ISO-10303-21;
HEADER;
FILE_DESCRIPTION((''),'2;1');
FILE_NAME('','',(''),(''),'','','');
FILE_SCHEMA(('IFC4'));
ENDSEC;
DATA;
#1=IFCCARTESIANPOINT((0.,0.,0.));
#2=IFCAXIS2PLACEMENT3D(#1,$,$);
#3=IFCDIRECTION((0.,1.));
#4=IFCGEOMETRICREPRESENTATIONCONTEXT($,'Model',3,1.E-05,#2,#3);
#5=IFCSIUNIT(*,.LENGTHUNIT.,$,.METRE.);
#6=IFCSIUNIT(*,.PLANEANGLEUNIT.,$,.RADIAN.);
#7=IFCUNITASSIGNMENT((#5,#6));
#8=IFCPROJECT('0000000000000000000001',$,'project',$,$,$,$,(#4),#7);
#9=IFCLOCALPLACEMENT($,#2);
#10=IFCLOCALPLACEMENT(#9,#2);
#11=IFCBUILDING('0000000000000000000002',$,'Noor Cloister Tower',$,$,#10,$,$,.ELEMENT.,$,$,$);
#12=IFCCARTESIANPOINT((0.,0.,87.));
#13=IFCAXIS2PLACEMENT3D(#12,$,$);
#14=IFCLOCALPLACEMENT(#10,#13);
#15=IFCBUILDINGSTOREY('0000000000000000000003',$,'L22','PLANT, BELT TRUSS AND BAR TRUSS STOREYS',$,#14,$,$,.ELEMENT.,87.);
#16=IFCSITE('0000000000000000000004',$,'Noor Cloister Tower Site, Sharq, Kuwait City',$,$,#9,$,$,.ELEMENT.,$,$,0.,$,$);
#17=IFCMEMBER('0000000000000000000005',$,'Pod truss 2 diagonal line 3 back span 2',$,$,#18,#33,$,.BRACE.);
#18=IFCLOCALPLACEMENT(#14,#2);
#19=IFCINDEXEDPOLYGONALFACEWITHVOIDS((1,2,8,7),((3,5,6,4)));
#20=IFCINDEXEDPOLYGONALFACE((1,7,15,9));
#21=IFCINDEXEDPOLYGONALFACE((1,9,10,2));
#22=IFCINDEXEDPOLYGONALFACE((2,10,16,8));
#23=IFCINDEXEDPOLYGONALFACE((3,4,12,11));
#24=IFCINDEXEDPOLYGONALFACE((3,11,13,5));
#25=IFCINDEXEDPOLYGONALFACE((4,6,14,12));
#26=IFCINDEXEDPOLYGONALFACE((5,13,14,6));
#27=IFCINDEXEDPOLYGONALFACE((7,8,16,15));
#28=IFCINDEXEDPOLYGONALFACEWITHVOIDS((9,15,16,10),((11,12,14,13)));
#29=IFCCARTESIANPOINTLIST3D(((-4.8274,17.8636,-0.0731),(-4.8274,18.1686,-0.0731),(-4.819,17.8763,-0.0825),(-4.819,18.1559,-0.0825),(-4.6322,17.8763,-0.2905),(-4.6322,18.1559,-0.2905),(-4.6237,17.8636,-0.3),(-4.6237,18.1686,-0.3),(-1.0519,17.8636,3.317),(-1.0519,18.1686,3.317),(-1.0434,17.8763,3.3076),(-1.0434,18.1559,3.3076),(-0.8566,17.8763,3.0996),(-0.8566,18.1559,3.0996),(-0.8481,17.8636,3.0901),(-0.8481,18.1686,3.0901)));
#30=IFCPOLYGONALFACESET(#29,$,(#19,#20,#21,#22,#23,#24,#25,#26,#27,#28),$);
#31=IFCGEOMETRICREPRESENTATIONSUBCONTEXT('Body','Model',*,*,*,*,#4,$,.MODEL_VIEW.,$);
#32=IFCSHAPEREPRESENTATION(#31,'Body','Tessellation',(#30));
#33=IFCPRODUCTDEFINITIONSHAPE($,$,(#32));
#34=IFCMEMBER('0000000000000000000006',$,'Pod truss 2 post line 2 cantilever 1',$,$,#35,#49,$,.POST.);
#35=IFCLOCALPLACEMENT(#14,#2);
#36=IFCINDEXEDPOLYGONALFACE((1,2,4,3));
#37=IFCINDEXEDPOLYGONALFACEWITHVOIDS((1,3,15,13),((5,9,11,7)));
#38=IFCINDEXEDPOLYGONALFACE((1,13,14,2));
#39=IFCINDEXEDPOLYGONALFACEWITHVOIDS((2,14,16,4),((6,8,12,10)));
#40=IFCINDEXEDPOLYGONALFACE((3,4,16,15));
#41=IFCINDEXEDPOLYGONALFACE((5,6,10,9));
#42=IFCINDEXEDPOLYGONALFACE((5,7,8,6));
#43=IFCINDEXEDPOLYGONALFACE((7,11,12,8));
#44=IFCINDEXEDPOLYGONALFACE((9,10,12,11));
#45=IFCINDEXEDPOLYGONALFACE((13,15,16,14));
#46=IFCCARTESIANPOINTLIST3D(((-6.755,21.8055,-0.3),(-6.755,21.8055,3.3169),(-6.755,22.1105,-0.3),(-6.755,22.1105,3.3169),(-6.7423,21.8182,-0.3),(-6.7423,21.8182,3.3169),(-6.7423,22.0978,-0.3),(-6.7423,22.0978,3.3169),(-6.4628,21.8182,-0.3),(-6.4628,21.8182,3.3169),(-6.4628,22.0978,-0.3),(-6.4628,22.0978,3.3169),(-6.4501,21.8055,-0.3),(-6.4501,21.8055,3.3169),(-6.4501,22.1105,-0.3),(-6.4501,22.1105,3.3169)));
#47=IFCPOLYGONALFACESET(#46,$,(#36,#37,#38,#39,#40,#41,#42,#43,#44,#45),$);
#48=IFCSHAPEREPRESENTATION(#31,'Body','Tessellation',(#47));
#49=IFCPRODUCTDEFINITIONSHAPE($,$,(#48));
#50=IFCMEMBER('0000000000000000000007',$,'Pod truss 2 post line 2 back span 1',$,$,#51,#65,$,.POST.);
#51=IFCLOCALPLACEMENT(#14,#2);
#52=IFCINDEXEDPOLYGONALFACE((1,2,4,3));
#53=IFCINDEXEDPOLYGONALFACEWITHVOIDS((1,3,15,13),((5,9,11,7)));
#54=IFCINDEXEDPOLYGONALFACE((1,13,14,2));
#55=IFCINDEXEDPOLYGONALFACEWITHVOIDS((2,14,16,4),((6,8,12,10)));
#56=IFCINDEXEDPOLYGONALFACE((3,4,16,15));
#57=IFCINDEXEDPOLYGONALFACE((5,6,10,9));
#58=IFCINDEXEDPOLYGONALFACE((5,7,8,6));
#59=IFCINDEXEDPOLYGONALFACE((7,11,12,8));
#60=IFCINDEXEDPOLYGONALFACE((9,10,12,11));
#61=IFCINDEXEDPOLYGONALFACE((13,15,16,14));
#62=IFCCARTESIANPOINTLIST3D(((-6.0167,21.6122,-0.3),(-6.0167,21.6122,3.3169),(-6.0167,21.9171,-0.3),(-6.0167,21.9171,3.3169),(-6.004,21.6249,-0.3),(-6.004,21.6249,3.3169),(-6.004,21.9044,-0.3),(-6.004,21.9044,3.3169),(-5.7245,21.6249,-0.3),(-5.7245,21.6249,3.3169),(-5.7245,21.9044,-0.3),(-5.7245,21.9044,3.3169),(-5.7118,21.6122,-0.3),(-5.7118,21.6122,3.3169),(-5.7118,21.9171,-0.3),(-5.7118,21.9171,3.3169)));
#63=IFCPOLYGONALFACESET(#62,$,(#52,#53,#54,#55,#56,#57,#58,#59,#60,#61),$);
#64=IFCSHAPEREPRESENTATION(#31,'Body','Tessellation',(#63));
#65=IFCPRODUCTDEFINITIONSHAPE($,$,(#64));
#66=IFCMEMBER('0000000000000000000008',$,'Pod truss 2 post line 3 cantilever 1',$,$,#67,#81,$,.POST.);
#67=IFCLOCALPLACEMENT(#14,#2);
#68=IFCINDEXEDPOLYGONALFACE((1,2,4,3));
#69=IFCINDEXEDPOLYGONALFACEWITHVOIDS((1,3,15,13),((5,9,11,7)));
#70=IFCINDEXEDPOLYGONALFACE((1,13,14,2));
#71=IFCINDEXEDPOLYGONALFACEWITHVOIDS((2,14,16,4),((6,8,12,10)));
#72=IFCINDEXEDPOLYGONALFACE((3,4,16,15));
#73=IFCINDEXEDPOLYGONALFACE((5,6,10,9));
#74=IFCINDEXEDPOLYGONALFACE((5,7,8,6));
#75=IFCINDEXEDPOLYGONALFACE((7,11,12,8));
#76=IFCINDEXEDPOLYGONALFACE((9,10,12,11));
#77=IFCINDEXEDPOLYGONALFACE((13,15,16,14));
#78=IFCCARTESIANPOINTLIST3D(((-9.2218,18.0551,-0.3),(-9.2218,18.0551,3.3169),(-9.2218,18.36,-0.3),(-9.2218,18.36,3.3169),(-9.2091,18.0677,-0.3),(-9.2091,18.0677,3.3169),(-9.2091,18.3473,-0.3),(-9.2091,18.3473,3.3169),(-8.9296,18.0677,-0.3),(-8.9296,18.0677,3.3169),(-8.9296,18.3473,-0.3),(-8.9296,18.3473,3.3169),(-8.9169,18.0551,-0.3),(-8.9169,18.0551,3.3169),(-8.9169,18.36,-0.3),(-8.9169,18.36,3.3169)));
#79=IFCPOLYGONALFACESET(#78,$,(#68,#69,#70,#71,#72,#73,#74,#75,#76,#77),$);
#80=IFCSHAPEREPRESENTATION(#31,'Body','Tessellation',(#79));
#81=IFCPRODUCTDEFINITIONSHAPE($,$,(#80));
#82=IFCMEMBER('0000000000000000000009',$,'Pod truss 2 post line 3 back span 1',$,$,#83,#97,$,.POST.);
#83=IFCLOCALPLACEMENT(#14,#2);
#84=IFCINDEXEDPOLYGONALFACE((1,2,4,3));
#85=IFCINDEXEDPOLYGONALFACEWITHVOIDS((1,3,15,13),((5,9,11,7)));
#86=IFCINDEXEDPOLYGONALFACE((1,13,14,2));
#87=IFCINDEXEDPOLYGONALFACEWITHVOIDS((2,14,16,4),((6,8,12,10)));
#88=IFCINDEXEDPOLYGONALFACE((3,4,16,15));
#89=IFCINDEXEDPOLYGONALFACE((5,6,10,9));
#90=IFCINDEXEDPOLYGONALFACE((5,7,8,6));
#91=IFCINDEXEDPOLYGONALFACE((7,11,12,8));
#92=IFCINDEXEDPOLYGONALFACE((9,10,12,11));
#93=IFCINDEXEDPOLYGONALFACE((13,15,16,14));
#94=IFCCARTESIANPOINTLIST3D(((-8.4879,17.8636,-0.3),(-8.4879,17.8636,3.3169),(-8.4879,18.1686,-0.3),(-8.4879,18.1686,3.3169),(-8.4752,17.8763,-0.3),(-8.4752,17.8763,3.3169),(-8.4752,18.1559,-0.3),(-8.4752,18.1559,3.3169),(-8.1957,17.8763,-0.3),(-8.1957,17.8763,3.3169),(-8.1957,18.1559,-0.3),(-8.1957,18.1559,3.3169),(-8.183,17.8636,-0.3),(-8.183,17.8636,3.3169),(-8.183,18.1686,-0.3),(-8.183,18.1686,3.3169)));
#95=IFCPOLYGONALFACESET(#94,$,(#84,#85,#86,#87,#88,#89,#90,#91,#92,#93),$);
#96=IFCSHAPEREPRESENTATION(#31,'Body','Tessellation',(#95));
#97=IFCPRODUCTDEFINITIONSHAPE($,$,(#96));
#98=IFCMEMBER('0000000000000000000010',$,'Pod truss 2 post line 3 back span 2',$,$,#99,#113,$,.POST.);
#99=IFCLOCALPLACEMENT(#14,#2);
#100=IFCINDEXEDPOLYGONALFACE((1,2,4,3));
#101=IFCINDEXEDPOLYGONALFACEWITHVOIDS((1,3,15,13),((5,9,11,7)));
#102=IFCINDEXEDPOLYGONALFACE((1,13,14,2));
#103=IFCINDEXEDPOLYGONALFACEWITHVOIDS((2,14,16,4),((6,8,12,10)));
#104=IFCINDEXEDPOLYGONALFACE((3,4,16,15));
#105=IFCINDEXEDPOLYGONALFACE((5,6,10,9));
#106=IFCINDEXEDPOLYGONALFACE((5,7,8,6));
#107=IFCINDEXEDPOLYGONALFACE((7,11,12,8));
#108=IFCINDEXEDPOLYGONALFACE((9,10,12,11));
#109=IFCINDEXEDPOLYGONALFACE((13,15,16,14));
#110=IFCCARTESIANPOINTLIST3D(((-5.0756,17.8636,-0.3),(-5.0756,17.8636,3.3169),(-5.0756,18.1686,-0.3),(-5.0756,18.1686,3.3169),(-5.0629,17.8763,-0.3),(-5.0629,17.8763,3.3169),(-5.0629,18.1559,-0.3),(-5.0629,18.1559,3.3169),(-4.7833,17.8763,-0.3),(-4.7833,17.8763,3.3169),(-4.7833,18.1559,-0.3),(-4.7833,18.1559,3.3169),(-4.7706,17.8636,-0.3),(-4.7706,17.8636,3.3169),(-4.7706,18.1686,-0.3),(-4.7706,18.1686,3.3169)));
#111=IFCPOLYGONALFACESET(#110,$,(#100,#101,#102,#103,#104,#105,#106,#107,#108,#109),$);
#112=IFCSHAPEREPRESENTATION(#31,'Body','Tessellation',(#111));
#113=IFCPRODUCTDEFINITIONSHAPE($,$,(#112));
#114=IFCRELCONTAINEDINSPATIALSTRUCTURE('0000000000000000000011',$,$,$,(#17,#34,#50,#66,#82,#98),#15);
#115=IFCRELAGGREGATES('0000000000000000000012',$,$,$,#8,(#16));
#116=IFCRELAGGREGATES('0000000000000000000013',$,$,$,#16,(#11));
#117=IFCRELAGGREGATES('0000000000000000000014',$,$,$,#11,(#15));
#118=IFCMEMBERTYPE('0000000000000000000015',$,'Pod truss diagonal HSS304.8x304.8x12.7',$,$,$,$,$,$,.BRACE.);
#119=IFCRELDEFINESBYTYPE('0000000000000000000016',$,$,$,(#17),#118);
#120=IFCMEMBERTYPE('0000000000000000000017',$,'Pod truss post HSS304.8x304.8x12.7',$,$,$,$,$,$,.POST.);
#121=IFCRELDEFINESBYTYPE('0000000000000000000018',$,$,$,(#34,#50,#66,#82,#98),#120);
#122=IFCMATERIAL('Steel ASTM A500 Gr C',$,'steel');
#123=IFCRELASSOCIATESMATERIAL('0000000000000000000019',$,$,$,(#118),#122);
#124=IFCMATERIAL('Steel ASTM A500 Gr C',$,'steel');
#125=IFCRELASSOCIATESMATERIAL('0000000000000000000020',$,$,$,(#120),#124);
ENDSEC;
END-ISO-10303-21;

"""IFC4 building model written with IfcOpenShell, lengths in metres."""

from ifc_helpers import new_model, si_unit, direction, frame, origin, origin_2d, place, context, subcontext, project, spatial, hollow_rectangle, extrude, material, material_profile, profile_set, type_object, element, save


model = new_model("IFC4")

# Units and contexts
model_context = context("Model", 3, precision=1e-05, world=origin(), true_north=direction((0.0, 1.0)))
body_context = subcontext(model_context, "Body", "Model", "MODEL_VIEW")
ifc_project = project(units=[si_unit("LENGTHUNIT", "METRE"), si_unit("PLANEANGLEUNIT", "RADIAN")], contexts=[model_context])

# Site, building, storey
site_placement = place(None, origin())
site = spatial("IfcSite", under=ifc_project, at=site_placement, Name="Noor Cloister Tower Site, Sharq, Kuwait City", CompositionType="ELEMENT", RefElevation=0.0)
building_placement = place(site_placement, origin())
building = spatial("IfcBuilding", under=site, at=building_placement, Name="Noor Cloister Tower", CompositionType="ELEMENT")
storey_placement = place(building_placement, frame((0.0, 0.0, 87.0)))
storey = spatial("IfcBuildingStorey", under=building, at=storey_placement, Name="L22", Description="PLANT, BELT TRUSS AND BAR TRUSS STOREYS", CompositionType="ELEMENT", Elevation=87.0)

# Members
ifc_material_1 = material(Name="Steel ASTM A500 Gr C", Category="steel")
ifc_material_profile_1 = material_profile(ifc_material_1, hollow_rectangle(XDim=0.3049, YDim=0.3049, WallThickness=0.0127, at=origin_2d()), Name="HSS304.8x304.8x12.7")
ifc_profile_set_1 = profile_set([ifc_material_profile_1], Name="Steel ASTM A500 Gr C")
member_type_1 = type_object("IfcMemberType", Name="Pod truss diagonal HSS304.8x304.8x12.7", PredefinedType="BRACE", material=ifc_profile_set_1)
member_1_placement = place(storey_placement, frame((-4.7256, 18.0161, -0.1865), z_axis=(0.744071, 0.0, 0.6681), x_axis=(0.0, 1.0, 0.0)))
element("IfcMember", 1, at=member_1_placement, inside=storey, type_object=member_type_1, Name="Pod truss 2 diagonal line 3 back span 2", PredefinedType="BRACE", context=body_context, shape_type="SweptSolid", body=[
    extrude(hollow_rectangle(XDim=0.3049, YDim=0.3049, WallThickness=0.0127, at=origin_2d()), origin(), (0.0, 0.0, 1.0), 5.0742),
])
ifc_material_2 = material(Name="Steel ASTM A500 Gr C", Category="steel")
ifc_material_profile_2 = material_profile(ifc_material_2, hollow_rectangle(XDim=0.3049, YDim=0.3049, WallThickness=0.0127, at=origin_2d()), Name="HSS304.8x304.8x12.7")
ifc_profile_set_2 = profile_set([ifc_material_profile_2], Name="Steel ASTM A500 Gr C")
member_type_2 = type_object("IfcMemberType", Name="Pod truss post HSS304.8x304.8x12.7", PredefinedType="POST", material=ifc_profile_set_2)
for number, where, z_axis, x_axis, name in (
    (2, (-6.6025, 21.958, -0.3), (0.0, 0.0, 1.0), (1.0, 0.0, 0.0), "Pod truss 2 post line 2 cantilever 1"),
    (3, (-5.8643, 21.7646, -0.3), (0.0, 0.0, 1.0), (1.0, 0.0, 0.0), "Pod truss 2 post line 2 back span 1"),
    (4, (-9.0693, 18.2075, -0.3), (0.0, 0.0, 1.0), (1.0, 0.0, 0.0), "Pod truss 2 post line 3 cantilever 1"),
    (5, (-8.3354, 18.0161, -0.3), (0.0, 0.0, 1.0), (1.0, 0.0, 0.0), "Pod truss 2 post line 3 back span 1"),
    (6, (-4.9231, 18.0161, -0.3), (0.0, 0.0, 1.0), (1.0, 0.0, 0.0), "Pod truss 2 post line 3 back span 2"),
):
    element("IfcMember", number, at=place(storey_placement, frame(where, z_axis=z_axis, x_axis=x_axis)), inside=storey, type_object=member_type_2, Name=name, PredefinedType="POST", context=body_context, shape_type="SweptSolid", body=[
        extrude(hollow_rectangle(XDim=0.3049, YDim=0.3049, WallThickness=0.0127, at=origin_2d()), origin(), (0.0, 0.0, 1.0), 3.6169),
    ])

save(model, "model.ifc")
